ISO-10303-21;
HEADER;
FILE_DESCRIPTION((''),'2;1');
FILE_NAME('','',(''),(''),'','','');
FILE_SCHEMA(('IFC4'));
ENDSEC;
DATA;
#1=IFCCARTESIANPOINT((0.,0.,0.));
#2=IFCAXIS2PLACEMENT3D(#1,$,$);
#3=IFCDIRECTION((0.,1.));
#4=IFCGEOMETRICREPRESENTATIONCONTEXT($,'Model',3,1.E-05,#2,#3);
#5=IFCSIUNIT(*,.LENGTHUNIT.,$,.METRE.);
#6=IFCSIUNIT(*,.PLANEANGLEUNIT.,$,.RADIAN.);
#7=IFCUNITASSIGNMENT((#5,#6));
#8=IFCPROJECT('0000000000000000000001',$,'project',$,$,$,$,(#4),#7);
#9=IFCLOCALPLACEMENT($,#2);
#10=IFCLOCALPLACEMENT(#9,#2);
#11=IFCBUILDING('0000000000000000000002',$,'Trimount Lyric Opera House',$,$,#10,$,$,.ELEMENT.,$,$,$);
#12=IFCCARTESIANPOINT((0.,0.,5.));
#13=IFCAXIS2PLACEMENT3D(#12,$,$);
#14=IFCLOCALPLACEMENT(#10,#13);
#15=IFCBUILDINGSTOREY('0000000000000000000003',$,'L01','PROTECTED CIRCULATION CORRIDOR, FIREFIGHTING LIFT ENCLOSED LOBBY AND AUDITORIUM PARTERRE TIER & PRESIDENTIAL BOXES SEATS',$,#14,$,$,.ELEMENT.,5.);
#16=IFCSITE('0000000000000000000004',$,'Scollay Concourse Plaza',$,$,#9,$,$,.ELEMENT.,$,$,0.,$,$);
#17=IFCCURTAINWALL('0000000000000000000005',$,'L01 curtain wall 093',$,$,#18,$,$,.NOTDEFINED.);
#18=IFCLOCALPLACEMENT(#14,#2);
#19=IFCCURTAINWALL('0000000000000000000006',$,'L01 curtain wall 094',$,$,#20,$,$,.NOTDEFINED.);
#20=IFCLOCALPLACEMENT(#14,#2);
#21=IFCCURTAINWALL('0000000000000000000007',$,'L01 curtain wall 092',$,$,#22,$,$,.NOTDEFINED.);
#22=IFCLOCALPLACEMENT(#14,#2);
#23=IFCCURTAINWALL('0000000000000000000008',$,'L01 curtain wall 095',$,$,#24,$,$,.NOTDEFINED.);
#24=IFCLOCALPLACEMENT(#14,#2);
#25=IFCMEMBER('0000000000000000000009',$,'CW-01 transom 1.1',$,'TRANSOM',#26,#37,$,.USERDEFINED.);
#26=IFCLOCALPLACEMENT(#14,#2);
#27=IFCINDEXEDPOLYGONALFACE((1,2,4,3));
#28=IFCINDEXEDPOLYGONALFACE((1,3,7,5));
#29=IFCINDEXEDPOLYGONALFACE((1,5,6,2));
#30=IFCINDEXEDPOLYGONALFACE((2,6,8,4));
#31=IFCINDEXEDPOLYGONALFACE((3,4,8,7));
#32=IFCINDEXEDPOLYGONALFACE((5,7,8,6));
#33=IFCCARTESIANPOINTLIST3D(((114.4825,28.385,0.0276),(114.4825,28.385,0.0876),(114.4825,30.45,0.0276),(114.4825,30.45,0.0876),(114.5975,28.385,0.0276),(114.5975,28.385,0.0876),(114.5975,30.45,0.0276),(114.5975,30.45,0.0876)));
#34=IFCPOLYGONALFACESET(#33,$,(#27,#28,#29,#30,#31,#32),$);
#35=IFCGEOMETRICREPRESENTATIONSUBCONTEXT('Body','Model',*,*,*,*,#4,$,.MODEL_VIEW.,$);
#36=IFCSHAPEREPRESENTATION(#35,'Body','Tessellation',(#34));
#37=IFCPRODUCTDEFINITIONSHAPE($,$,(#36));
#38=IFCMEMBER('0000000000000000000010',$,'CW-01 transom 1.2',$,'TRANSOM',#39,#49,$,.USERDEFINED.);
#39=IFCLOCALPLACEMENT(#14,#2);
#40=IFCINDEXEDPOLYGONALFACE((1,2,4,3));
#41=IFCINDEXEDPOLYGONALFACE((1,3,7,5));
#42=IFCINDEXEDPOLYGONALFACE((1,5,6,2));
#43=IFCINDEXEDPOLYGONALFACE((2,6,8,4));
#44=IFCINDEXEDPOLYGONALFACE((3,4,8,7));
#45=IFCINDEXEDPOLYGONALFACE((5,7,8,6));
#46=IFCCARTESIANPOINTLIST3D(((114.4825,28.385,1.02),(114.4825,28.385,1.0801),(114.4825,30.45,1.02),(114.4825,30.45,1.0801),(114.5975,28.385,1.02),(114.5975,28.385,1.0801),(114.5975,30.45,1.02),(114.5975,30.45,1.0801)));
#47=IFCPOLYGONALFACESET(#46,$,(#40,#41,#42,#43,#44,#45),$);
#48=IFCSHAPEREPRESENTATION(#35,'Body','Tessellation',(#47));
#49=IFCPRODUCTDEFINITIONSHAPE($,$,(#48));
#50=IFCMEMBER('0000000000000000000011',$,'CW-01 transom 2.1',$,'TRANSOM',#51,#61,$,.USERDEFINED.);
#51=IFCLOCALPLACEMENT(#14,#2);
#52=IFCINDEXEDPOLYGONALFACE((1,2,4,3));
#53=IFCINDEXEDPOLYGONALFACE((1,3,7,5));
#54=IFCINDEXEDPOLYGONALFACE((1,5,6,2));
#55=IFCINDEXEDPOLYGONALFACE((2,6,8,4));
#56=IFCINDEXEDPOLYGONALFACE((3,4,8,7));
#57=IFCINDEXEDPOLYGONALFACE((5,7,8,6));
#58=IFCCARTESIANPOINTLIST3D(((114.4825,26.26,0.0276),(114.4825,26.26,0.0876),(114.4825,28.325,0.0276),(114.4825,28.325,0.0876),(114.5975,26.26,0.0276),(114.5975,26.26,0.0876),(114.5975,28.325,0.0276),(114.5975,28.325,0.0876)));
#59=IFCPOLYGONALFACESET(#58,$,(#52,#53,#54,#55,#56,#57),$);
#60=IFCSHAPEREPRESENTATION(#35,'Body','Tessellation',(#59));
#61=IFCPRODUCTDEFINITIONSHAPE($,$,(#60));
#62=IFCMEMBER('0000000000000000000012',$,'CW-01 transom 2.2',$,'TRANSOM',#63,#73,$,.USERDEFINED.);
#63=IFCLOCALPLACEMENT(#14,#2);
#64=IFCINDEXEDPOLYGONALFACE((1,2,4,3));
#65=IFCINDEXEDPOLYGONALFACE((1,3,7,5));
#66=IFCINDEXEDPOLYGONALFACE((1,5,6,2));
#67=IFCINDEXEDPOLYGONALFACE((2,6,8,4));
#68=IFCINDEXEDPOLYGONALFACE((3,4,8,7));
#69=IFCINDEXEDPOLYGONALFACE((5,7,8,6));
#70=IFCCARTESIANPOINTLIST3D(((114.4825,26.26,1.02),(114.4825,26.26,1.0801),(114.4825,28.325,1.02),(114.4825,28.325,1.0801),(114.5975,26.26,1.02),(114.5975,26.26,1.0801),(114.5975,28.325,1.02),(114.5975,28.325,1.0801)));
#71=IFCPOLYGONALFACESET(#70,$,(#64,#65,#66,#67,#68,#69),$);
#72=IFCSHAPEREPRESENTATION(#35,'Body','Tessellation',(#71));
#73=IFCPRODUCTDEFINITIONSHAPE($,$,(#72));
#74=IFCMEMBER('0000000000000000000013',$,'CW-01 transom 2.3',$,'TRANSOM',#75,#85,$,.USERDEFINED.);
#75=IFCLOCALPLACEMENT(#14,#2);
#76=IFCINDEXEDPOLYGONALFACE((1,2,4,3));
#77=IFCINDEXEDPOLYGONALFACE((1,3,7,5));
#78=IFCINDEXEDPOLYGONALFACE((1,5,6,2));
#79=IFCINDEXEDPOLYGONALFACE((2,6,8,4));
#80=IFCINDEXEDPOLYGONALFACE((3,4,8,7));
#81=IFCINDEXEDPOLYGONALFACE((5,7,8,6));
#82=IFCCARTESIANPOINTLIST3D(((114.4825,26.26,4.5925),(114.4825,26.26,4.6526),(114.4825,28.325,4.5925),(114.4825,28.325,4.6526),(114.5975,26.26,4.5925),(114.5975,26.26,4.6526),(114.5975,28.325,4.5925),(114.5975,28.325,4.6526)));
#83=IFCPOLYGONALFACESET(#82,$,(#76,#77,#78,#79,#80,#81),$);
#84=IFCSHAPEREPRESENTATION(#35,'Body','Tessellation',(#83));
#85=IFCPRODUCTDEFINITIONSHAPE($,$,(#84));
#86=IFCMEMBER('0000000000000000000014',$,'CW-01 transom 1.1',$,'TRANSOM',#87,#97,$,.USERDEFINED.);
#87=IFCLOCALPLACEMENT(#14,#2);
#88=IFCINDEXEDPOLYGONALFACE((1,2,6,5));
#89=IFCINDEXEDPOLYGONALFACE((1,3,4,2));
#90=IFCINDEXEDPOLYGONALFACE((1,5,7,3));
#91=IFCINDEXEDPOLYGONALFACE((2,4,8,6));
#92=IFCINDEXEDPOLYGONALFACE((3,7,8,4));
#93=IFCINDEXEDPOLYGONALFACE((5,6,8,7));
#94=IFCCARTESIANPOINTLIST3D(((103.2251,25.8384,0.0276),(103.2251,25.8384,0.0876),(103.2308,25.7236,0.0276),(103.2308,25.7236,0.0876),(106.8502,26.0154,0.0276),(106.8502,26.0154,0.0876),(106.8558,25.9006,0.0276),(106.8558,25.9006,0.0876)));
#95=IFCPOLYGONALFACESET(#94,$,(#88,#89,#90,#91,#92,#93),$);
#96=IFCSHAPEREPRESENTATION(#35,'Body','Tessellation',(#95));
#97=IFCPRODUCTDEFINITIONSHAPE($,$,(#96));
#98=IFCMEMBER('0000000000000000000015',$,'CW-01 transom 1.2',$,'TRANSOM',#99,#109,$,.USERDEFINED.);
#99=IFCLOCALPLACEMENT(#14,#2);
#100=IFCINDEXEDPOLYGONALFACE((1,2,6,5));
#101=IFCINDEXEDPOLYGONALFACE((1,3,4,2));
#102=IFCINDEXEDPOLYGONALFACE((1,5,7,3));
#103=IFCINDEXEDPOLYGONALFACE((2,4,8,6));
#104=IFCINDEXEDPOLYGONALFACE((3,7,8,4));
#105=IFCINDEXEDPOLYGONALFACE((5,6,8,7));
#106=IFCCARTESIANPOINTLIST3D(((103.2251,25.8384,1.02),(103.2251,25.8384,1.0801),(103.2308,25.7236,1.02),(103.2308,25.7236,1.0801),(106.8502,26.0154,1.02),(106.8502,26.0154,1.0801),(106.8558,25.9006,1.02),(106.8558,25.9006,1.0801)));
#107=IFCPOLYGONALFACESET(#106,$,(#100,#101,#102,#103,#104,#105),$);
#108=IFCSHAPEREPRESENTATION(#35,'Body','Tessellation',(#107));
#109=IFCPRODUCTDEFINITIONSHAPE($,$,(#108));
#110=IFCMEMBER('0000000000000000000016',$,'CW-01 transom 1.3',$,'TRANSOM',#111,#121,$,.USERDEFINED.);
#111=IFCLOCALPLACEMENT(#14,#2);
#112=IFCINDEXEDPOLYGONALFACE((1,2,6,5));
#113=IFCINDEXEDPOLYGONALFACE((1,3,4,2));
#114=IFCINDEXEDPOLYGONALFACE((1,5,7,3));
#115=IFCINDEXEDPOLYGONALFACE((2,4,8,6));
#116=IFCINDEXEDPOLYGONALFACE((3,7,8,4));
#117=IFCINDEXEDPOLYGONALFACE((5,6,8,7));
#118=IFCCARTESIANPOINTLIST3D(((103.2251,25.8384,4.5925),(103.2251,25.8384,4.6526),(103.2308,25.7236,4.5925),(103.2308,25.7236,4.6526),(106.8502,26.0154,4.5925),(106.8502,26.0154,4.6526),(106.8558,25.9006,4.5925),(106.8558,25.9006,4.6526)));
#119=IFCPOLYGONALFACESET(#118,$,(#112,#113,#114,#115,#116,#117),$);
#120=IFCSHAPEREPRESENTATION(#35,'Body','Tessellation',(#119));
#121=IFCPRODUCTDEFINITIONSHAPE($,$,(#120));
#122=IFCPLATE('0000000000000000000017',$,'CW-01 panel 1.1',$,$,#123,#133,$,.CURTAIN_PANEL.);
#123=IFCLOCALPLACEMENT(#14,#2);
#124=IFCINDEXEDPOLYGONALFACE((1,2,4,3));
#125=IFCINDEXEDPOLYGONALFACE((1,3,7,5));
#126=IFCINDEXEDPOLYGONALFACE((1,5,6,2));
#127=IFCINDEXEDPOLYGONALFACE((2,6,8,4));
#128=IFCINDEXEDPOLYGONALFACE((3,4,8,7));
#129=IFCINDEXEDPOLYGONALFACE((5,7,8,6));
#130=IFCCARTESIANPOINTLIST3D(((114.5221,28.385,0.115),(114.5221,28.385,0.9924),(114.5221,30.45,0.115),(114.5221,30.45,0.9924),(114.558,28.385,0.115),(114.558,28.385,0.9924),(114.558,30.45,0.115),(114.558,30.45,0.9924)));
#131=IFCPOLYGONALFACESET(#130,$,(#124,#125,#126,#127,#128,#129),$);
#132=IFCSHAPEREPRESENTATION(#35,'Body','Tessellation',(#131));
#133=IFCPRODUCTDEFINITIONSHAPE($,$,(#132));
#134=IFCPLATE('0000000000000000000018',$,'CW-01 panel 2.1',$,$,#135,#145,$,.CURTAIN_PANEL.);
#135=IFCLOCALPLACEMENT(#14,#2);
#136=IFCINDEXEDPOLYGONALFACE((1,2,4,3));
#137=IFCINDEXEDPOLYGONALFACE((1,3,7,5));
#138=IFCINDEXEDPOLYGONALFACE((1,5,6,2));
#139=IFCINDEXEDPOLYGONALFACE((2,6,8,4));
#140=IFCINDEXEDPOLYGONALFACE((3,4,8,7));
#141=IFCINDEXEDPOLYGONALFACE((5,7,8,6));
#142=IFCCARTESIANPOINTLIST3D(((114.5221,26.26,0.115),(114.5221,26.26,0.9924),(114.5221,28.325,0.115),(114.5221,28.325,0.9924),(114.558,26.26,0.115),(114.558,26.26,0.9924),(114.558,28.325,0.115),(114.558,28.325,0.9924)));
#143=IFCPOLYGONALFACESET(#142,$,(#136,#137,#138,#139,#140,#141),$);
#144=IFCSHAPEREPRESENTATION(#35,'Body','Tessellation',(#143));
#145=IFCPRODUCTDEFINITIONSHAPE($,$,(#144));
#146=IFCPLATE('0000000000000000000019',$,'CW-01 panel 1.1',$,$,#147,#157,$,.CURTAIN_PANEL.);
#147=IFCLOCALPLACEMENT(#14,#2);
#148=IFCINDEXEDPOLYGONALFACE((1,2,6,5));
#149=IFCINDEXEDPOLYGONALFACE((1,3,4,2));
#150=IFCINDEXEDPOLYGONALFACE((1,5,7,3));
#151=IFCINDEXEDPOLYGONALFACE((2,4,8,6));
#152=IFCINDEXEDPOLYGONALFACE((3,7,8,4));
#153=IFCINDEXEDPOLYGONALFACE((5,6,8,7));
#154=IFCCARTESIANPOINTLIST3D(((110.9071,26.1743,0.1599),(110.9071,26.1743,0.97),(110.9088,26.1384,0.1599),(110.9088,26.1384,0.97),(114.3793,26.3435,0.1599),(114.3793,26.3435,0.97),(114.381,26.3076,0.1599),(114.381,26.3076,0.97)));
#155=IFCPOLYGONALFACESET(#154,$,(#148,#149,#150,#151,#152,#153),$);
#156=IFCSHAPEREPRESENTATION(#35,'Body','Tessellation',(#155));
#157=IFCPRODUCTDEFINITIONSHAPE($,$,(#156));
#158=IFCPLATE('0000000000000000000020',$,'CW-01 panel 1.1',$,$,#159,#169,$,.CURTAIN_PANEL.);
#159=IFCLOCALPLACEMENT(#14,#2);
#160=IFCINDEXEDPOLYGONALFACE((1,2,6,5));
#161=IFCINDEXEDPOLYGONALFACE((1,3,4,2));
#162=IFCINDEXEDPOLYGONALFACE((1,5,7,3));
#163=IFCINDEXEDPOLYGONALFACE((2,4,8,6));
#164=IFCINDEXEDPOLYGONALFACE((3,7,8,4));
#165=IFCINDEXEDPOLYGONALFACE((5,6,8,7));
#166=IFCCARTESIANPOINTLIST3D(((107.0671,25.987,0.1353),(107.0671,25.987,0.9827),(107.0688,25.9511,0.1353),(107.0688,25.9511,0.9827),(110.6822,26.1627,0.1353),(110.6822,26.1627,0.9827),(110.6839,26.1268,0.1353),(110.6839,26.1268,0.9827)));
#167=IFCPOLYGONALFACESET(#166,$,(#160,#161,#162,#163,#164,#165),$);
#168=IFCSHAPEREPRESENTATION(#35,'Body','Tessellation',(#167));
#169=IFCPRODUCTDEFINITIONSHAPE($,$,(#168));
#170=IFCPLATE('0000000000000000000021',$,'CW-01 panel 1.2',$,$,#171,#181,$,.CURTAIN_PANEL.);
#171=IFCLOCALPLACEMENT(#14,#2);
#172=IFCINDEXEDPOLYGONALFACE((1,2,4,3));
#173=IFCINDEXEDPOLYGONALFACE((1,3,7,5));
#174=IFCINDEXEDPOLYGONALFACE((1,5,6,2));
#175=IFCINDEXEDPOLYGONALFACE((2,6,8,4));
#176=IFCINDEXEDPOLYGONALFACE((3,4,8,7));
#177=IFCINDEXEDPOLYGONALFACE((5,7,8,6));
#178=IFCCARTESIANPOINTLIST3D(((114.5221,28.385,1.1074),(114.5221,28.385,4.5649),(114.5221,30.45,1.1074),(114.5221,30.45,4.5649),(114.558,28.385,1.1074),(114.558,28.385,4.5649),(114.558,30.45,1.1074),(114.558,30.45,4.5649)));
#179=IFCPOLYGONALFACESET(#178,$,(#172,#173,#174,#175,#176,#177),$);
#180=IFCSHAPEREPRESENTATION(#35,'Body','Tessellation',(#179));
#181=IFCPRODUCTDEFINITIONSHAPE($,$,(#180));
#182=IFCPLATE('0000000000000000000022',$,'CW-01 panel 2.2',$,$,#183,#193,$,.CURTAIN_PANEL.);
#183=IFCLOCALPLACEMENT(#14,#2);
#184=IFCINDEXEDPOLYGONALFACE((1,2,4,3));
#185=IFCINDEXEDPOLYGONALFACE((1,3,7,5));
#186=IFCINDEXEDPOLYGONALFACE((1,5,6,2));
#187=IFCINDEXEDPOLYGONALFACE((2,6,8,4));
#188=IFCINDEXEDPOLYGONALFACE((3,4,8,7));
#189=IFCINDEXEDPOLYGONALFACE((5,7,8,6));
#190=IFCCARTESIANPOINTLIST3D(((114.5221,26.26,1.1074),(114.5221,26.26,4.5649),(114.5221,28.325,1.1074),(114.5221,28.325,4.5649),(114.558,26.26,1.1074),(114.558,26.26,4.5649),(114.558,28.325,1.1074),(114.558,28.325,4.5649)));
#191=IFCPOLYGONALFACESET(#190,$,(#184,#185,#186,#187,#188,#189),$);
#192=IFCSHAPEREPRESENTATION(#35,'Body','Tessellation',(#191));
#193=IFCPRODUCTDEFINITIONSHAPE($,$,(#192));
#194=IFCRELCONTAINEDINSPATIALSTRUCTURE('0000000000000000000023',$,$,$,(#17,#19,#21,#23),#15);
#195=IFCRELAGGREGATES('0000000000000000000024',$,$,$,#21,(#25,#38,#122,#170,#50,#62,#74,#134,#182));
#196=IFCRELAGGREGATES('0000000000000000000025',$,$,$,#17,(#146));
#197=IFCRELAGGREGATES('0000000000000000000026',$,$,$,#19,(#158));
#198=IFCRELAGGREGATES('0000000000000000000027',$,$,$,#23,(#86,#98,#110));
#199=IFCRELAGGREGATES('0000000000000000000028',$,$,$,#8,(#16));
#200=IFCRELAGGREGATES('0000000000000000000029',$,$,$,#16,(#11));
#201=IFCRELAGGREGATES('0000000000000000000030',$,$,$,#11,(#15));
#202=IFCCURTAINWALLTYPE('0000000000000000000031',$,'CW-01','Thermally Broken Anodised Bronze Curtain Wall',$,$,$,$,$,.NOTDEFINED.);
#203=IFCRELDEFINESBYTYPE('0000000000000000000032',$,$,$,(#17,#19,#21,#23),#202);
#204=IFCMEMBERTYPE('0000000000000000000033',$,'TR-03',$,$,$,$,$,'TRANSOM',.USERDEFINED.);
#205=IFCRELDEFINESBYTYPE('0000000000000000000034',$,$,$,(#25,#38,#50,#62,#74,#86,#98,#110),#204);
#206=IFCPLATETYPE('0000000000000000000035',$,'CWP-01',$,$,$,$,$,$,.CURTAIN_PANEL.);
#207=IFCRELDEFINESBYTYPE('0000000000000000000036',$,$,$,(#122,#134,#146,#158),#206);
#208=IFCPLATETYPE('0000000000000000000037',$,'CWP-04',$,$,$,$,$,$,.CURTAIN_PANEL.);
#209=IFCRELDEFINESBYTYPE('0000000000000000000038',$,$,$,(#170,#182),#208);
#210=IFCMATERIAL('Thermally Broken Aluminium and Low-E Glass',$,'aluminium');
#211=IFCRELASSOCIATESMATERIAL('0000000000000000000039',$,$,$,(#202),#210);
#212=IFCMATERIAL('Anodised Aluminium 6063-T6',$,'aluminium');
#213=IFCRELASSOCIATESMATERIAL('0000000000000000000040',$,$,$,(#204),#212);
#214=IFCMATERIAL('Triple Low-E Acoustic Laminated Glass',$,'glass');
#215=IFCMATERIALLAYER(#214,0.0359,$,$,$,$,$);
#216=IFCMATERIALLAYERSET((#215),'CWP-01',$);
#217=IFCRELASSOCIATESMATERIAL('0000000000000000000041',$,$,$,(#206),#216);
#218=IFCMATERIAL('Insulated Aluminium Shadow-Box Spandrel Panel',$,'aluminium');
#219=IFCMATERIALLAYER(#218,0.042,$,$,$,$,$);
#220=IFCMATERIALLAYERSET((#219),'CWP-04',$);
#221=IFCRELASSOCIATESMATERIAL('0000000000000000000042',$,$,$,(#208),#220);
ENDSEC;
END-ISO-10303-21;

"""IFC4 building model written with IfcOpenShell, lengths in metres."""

from ifc_helpers import new_model, si_unit, direction, frame, origin, origin_2d, place, context, subcontext, project, spatial, rectangle, extrude, material, layer, layer_set, material_profile, profile_set, type_object, element, aggregate, save


model = new_model("IFC4")

# Units and contexts
model_context = context("Model", 3, precision=1e-05, world=origin(), true_north=direction((0.0, 1.0)))
body_context = subcontext(model_context, "Body", "Model", "MODEL_VIEW")
ifc_project = project(units=[si_unit("LENGTHUNIT", "METRE"), si_unit("PLANEANGLEUNIT", "RADIAN")], contexts=[model_context])

# Site, building, storey
site_placement = place(None, origin())
site = spatial("IfcSite", under=ifc_project, at=site_placement, Name="Scollay Concourse Plaza", CompositionType="ELEMENT", RefElevation=0.0)
building_placement = place(site_placement, origin())
building = spatial("IfcBuilding", under=site, at=building_placement, Name="Trimount Lyric Opera House", CompositionType="ELEMENT")
storey_placement = place(building_placement, frame((0.0, 0.0, 5.0)))
storey = spatial("IfcBuildingStorey", under=building, at=storey_placement, Name="L01", Description="PROTECTED CIRCULATION CORRIDOR, FIREFIGHTING LIFT ENCLOSED LOBBY AND AUDITORIUM PARTERRE TIER & PRESIDENTIAL BOXES SEATS", CompositionType="ELEMENT", Elevation=5.0)

# Curtain walls
ifc_material_1 = material(Name="Thermally Broken Aluminium and Low-E Glass", Category="aluminium")
curtain_wall_type = type_object("IfcCurtainWallType", Name="CW-01", Description="Thermally Broken Anodised Bronze Curtain Wall", PredefinedType="NOTDEFINED", material=ifc_material_1)
curtain_wall_1_placement = place(storey_placement, origin())
curtain_wall_1 = element("IfcCurtainWall", 1, at=curtain_wall_1_placement, inside=storey, type_object=curtain_wall_type, Name="L01 curtain wall 093", PredefinedType="NOTDEFINED")
curtain_wall_2_placement = place(storey_placement, origin())
curtain_wall_2 = element("IfcCurtainWall", 2, at=curtain_wall_2_placement, inside=storey, type_object=curtain_wall_type, Name="L01 curtain wall 094", PredefinedType="NOTDEFINED")
curtain_wall_3_placement = place(storey_placement, origin())
curtain_wall_3 = element("IfcCurtainWall", 3, at=curtain_wall_3_placement, inside=storey, type_object=curtain_wall_type, Name="L01 curtain wall 092", PredefinedType="NOTDEFINED")

# Curtain wall
curtain_wall_4_placement = place(storey_placement, origin())
curtain_wall_4 = element("IfcCurtainWall", 4, at=curtain_wall_4_placement, inside=storey, type_object=curtain_wall_type, Name="L01 curtain wall 095", PredefinedType="NOTDEFINED")

# Members
ifc_material_2 = material(Name="Anodised Aluminium 6063-T6", Category="aluminium")
ifc_material_profile_1 = material_profile(ifc_material_2, rectangle(XDim=0.115, YDim=0.0601, at=origin_2d()), Name="ALU-TRAN-60X115")
ifc_profile_set_1 = profile_set([ifc_material_profile_1], Name="Anodised Aluminium 6063-T6")
member_type_1 = type_object("IfcMemberType", Name="TR-03", ElementType="TRANSOM", PredefinedType="USERDEFINED", material=ifc_profile_set_1)
member_1_placement = place(storey_placement, frame((114.54, 30.45, 0.0576), z_axis=(0.0, -1.0, 0.0), x_axis=(1.0, 0.0, 0.0)))
member_1 = element("IfcMember", 5, at=member_1_placement, type_object=member_type_1, Name="CW-01 transom 1.1", ObjectType="TRANSOM", PredefinedType="USERDEFINED", context=body_context, shape_type="SweptSolid", body=[
    extrude(rectangle(XDim=0.115, YDim=0.0601, at=origin_2d()), origin(), (0.0, 0.0, 1.0), 2.0649),
])
member_2_placement = place(storey_placement, frame((114.54, 30.45, 1.05), z_axis=(0.0, -1.0, 0.0), x_axis=(1.0, 0.0, 0.0)))
member_2 = element("IfcMember", 6, at=member_2_placement, type_object=member_type_1, Name="CW-01 transom 1.2", ObjectType="TRANSOM", PredefinedType="USERDEFINED", context=body_context, shape_type="SweptSolid", body=[
    extrude(rectangle(XDim=0.115, YDim=0.0601, at=origin_2d()), origin(), (0.0, 0.0, 1.0), 2.0649),
])
member_3_placement = place(storey_placement, frame((114.54, 28.325, 0.0576), z_axis=(0.0, -1.0, 0.0), x_axis=(1.0, 0.0, 0.0)))
member_3 = element("IfcMember", 7, at=member_3_placement, type_object=member_type_1, Name="CW-01 transom 2.1", ObjectType="TRANSOM", PredefinedType="USERDEFINED", context=body_context, shape_type="SweptSolid", body=[
    extrude(rectangle(XDim=0.115, YDim=0.0601, at=origin_2d()), origin(), (0.0, 0.0, 1.0), 2.0649),
])
member_4_placement = place(storey_placement, frame((114.54, 28.325, 1.05), z_axis=(0.0, -1.0, 0.0), x_axis=(1.0, 0.0, 0.0)))
member_4 = element("IfcMember", 8, at=member_4_placement, type_object=member_type_1, Name="CW-01 transom 2.2", ObjectType="TRANSOM", PredefinedType="USERDEFINED", context=body_context, shape_type="SweptSolid", body=[
    extrude(rectangle(XDim=0.115, YDim=0.0601, at=origin_2d()), origin(), (0.0, 0.0, 1.0), 2.0649),
])
member_5_placement = place(storey_placement, frame((114.54, 28.325, 4.6226), z_axis=(0.0, -1.0, 0.0), x_axis=(1.0, 0.0, 0.0)))
member_5 = element("IfcMember", 9, at=member_5_placement, type_object=member_type_1, Name="CW-01 transom 2.3", ObjectType="TRANSOM", PredefinedType="USERDEFINED", context=body_context, shape_type="SweptSolid", body=[
    extrude(rectangle(XDim=0.115, YDim=0.0601, at=origin_2d()), origin(), (0.0, 0.0, 1.0), 2.0649),
])
member_6_placement = place(storey_placement, frame((106.853, 25.958, 0.0576), z_axis=(-0.99881, -0.04877, 0.0), x_axis=(0.04877, -0.99881, 0.0)))
member_6 = element("IfcMember", 10, at=member_6_placement, type_object=member_type_1, Name="CW-01 transom 1.1", ObjectType="TRANSOM", PredefinedType="USERDEFINED", context=body_context, shape_type="SweptSolid", body=[
    extrude(rectangle(XDim=0.115, YDim=0.0601, at=origin_2d()), origin(), (0.0, 0.0, 1.0), 3.6294),
])
member_7_placement = place(storey_placement, frame((106.853, 25.958, 1.05), z_axis=(-0.99881, -0.04877, 0.0), x_axis=(0.04877, -0.99881, 0.0)))
member_7 = element("IfcMember", 11, at=member_7_placement, type_object=member_type_1, Name="CW-01 transom 1.2", ObjectType="TRANSOM", PredefinedType="USERDEFINED", context=body_context, shape_type="SweptSolid", body=[
    extrude(rectangle(XDim=0.115, YDim=0.0601, at=origin_2d()), origin(), (0.0, 0.0, 1.0), 3.6294),
])
member_8_placement = place(storey_placement, frame((106.853, 25.958, 4.6226), z_axis=(-0.99881, -0.04877, 0.0), x_axis=(0.04877, -0.99881, 0.0)))
member_8 = element("IfcMember", 12, at=member_8_placement, type_object=member_type_1, Name="CW-01 transom 1.3", ObjectType="TRANSOM", PredefinedType="USERDEFINED", context=body_context, shape_type="SweptSolid", body=[
    extrude(rectangle(XDim=0.115, YDim=0.0601, at=origin_2d()), origin(), (0.0, 0.0, 1.0), 3.6294),
])

# Plates
ifc_material_3 = material(Name="Triple Low-E Acoustic Laminated Glass", Category="glass")
ifc_layer_1 = layer(ifc_material_3, 0.0359)
ifc_layer_set_1 = layer_set([ifc_layer_1], Name="CWP-01")
plate_type_1 = type_object("IfcPlateType", Name="CWP-01", PredefinedType="CURTAIN_PANEL", material=ifc_layer_set_1)
plate_1_placement = place(storey_placement, frame((114.54, 29.4175, 0.115), z_axis=(0.0, 0.0, 1.0), x_axis=(0.0, -1.0, 0.0)))
plate_1 = element("IfcPlate", 13, at=plate_1_placement, type_object=plate_type_1, Name="CW-01 panel 1.1", PredefinedType="CURTAIN_PANEL", context=body_context, shape_type="SweptSolid", body=[
    extrude(rectangle(XDim=2.0649, YDim=0.0359, at=origin_2d()), origin(), (0.0, 0.0, 1.0), 0.8774),
])
plate_2_placement = place(storey_placement, frame((114.54, 27.2925, 0.115), z_axis=(0.0, 0.0, 1.0), x_axis=(0.0, -1.0, 0.0)))
plate_2 = element("IfcPlate", 14, at=plate_2_placement, type_object=plate_type_1, Name="CW-01 panel 2.1", PredefinedType="CURTAIN_PANEL", context=body_context, shape_type="SweptSolid", body=[
    extrude(rectangle(XDim=2.0649, YDim=0.0359, at=origin_2d()), origin(), (0.0, 0.0, 1.0), 0.8774),
])
plate_3_placement = place(storey_placement, frame((112.644, 26.241, 0.1599), z_axis=(0.0, 0.0, 1.0), x_axis=(-0.998815, -0.048669, 0.0)))
plate_3 = element("IfcPlate", 15, at=plate_3_placement, type_object=plate_type_1, Name="CW-01 panel 1.1", PredefinedType="CURTAIN_PANEL", context=body_context, shape_type="SweptSolid", body=[
    extrude(rectangle(XDim=3.4763, YDim=0.0359, at=origin_2d()), origin(), (0.0, 0.0, 1.0), 0.8101),
])
plate_4_placement = place(storey_placement, frame((108.8755, 26.0569, 0.1353), z_axis=(0.0, 0.0, 1.0), x_axis=(-0.998821, -0.048541, 0.0)))
plate_4 = element("IfcPlate", 16, at=plate_4_placement, type_object=plate_type_1, Name="CW-01 panel 1.1", PredefinedType="CURTAIN_PANEL", context=body_context, shape_type="SweptSolid", body=[
    extrude(rectangle(XDim=3.6194, YDim=0.0359, at=origin_2d()), origin(), (0.0, 0.0, 1.0), 0.8474),
])
ifc_material_4 = material(Name="Insulated Aluminium Shadow-Box Spandrel Panel", Category="aluminium")
ifc_layer_2 = layer(ifc_material_4, 0.042)
ifc_layer_set_2 = layer_set([ifc_layer_2], Name="CWP-04")
plate_type_2 = type_object("IfcPlateType", Name="CWP-04", PredefinedType="CURTAIN_PANEL", material=ifc_layer_set_2)
plate_5_placement = place(storey_placement, frame((114.54, 29.4175, 1.1074), z_axis=(0.0, 0.0, 1.0), x_axis=(0.0, -1.0, 0.0)))
plate_5 = element("IfcPlate", 17, at=plate_5_placement, type_object=plate_type_2, Name="CW-01 panel 1.2", PredefinedType="CURTAIN_PANEL", context=body_context, shape_type="SweptSolid", body=[
    extrude(rectangle(XDim=2.0649, YDim=0.0359, at=origin_2d()), origin(), (0.0, 0.0, 1.0), 3.4575),
])
plate_6_placement = place(storey_placement, frame((114.54, 27.2925, 1.1074), z_axis=(0.0, 0.0, 1.0), x_axis=(0.0, -1.0, 0.0)))
plate_6 = element("IfcPlate", 18, at=plate_6_placement, type_object=plate_type_2, Name="CW-01 panel 2.2", PredefinedType="CURTAIN_PANEL", context=body_context, shape_type="SweptSolid", body=[
    extrude(rectangle(XDim=2.0649, YDim=0.0359, at=origin_2d()), origin(), (0.0, 0.0, 1.0), 3.4575),
])
aggregate(curtain_wall_3, [member_1, member_2, plate_1, plate_5, member_3, member_4, member_5, plate_2, plate_6])
aggregate(curtain_wall_1, [plate_3])
aggregate(curtain_wall_2, [plate_4])
aggregate(curtain_wall_4, [member_6, member_7, member_8])

save(model, "model.ifc")
